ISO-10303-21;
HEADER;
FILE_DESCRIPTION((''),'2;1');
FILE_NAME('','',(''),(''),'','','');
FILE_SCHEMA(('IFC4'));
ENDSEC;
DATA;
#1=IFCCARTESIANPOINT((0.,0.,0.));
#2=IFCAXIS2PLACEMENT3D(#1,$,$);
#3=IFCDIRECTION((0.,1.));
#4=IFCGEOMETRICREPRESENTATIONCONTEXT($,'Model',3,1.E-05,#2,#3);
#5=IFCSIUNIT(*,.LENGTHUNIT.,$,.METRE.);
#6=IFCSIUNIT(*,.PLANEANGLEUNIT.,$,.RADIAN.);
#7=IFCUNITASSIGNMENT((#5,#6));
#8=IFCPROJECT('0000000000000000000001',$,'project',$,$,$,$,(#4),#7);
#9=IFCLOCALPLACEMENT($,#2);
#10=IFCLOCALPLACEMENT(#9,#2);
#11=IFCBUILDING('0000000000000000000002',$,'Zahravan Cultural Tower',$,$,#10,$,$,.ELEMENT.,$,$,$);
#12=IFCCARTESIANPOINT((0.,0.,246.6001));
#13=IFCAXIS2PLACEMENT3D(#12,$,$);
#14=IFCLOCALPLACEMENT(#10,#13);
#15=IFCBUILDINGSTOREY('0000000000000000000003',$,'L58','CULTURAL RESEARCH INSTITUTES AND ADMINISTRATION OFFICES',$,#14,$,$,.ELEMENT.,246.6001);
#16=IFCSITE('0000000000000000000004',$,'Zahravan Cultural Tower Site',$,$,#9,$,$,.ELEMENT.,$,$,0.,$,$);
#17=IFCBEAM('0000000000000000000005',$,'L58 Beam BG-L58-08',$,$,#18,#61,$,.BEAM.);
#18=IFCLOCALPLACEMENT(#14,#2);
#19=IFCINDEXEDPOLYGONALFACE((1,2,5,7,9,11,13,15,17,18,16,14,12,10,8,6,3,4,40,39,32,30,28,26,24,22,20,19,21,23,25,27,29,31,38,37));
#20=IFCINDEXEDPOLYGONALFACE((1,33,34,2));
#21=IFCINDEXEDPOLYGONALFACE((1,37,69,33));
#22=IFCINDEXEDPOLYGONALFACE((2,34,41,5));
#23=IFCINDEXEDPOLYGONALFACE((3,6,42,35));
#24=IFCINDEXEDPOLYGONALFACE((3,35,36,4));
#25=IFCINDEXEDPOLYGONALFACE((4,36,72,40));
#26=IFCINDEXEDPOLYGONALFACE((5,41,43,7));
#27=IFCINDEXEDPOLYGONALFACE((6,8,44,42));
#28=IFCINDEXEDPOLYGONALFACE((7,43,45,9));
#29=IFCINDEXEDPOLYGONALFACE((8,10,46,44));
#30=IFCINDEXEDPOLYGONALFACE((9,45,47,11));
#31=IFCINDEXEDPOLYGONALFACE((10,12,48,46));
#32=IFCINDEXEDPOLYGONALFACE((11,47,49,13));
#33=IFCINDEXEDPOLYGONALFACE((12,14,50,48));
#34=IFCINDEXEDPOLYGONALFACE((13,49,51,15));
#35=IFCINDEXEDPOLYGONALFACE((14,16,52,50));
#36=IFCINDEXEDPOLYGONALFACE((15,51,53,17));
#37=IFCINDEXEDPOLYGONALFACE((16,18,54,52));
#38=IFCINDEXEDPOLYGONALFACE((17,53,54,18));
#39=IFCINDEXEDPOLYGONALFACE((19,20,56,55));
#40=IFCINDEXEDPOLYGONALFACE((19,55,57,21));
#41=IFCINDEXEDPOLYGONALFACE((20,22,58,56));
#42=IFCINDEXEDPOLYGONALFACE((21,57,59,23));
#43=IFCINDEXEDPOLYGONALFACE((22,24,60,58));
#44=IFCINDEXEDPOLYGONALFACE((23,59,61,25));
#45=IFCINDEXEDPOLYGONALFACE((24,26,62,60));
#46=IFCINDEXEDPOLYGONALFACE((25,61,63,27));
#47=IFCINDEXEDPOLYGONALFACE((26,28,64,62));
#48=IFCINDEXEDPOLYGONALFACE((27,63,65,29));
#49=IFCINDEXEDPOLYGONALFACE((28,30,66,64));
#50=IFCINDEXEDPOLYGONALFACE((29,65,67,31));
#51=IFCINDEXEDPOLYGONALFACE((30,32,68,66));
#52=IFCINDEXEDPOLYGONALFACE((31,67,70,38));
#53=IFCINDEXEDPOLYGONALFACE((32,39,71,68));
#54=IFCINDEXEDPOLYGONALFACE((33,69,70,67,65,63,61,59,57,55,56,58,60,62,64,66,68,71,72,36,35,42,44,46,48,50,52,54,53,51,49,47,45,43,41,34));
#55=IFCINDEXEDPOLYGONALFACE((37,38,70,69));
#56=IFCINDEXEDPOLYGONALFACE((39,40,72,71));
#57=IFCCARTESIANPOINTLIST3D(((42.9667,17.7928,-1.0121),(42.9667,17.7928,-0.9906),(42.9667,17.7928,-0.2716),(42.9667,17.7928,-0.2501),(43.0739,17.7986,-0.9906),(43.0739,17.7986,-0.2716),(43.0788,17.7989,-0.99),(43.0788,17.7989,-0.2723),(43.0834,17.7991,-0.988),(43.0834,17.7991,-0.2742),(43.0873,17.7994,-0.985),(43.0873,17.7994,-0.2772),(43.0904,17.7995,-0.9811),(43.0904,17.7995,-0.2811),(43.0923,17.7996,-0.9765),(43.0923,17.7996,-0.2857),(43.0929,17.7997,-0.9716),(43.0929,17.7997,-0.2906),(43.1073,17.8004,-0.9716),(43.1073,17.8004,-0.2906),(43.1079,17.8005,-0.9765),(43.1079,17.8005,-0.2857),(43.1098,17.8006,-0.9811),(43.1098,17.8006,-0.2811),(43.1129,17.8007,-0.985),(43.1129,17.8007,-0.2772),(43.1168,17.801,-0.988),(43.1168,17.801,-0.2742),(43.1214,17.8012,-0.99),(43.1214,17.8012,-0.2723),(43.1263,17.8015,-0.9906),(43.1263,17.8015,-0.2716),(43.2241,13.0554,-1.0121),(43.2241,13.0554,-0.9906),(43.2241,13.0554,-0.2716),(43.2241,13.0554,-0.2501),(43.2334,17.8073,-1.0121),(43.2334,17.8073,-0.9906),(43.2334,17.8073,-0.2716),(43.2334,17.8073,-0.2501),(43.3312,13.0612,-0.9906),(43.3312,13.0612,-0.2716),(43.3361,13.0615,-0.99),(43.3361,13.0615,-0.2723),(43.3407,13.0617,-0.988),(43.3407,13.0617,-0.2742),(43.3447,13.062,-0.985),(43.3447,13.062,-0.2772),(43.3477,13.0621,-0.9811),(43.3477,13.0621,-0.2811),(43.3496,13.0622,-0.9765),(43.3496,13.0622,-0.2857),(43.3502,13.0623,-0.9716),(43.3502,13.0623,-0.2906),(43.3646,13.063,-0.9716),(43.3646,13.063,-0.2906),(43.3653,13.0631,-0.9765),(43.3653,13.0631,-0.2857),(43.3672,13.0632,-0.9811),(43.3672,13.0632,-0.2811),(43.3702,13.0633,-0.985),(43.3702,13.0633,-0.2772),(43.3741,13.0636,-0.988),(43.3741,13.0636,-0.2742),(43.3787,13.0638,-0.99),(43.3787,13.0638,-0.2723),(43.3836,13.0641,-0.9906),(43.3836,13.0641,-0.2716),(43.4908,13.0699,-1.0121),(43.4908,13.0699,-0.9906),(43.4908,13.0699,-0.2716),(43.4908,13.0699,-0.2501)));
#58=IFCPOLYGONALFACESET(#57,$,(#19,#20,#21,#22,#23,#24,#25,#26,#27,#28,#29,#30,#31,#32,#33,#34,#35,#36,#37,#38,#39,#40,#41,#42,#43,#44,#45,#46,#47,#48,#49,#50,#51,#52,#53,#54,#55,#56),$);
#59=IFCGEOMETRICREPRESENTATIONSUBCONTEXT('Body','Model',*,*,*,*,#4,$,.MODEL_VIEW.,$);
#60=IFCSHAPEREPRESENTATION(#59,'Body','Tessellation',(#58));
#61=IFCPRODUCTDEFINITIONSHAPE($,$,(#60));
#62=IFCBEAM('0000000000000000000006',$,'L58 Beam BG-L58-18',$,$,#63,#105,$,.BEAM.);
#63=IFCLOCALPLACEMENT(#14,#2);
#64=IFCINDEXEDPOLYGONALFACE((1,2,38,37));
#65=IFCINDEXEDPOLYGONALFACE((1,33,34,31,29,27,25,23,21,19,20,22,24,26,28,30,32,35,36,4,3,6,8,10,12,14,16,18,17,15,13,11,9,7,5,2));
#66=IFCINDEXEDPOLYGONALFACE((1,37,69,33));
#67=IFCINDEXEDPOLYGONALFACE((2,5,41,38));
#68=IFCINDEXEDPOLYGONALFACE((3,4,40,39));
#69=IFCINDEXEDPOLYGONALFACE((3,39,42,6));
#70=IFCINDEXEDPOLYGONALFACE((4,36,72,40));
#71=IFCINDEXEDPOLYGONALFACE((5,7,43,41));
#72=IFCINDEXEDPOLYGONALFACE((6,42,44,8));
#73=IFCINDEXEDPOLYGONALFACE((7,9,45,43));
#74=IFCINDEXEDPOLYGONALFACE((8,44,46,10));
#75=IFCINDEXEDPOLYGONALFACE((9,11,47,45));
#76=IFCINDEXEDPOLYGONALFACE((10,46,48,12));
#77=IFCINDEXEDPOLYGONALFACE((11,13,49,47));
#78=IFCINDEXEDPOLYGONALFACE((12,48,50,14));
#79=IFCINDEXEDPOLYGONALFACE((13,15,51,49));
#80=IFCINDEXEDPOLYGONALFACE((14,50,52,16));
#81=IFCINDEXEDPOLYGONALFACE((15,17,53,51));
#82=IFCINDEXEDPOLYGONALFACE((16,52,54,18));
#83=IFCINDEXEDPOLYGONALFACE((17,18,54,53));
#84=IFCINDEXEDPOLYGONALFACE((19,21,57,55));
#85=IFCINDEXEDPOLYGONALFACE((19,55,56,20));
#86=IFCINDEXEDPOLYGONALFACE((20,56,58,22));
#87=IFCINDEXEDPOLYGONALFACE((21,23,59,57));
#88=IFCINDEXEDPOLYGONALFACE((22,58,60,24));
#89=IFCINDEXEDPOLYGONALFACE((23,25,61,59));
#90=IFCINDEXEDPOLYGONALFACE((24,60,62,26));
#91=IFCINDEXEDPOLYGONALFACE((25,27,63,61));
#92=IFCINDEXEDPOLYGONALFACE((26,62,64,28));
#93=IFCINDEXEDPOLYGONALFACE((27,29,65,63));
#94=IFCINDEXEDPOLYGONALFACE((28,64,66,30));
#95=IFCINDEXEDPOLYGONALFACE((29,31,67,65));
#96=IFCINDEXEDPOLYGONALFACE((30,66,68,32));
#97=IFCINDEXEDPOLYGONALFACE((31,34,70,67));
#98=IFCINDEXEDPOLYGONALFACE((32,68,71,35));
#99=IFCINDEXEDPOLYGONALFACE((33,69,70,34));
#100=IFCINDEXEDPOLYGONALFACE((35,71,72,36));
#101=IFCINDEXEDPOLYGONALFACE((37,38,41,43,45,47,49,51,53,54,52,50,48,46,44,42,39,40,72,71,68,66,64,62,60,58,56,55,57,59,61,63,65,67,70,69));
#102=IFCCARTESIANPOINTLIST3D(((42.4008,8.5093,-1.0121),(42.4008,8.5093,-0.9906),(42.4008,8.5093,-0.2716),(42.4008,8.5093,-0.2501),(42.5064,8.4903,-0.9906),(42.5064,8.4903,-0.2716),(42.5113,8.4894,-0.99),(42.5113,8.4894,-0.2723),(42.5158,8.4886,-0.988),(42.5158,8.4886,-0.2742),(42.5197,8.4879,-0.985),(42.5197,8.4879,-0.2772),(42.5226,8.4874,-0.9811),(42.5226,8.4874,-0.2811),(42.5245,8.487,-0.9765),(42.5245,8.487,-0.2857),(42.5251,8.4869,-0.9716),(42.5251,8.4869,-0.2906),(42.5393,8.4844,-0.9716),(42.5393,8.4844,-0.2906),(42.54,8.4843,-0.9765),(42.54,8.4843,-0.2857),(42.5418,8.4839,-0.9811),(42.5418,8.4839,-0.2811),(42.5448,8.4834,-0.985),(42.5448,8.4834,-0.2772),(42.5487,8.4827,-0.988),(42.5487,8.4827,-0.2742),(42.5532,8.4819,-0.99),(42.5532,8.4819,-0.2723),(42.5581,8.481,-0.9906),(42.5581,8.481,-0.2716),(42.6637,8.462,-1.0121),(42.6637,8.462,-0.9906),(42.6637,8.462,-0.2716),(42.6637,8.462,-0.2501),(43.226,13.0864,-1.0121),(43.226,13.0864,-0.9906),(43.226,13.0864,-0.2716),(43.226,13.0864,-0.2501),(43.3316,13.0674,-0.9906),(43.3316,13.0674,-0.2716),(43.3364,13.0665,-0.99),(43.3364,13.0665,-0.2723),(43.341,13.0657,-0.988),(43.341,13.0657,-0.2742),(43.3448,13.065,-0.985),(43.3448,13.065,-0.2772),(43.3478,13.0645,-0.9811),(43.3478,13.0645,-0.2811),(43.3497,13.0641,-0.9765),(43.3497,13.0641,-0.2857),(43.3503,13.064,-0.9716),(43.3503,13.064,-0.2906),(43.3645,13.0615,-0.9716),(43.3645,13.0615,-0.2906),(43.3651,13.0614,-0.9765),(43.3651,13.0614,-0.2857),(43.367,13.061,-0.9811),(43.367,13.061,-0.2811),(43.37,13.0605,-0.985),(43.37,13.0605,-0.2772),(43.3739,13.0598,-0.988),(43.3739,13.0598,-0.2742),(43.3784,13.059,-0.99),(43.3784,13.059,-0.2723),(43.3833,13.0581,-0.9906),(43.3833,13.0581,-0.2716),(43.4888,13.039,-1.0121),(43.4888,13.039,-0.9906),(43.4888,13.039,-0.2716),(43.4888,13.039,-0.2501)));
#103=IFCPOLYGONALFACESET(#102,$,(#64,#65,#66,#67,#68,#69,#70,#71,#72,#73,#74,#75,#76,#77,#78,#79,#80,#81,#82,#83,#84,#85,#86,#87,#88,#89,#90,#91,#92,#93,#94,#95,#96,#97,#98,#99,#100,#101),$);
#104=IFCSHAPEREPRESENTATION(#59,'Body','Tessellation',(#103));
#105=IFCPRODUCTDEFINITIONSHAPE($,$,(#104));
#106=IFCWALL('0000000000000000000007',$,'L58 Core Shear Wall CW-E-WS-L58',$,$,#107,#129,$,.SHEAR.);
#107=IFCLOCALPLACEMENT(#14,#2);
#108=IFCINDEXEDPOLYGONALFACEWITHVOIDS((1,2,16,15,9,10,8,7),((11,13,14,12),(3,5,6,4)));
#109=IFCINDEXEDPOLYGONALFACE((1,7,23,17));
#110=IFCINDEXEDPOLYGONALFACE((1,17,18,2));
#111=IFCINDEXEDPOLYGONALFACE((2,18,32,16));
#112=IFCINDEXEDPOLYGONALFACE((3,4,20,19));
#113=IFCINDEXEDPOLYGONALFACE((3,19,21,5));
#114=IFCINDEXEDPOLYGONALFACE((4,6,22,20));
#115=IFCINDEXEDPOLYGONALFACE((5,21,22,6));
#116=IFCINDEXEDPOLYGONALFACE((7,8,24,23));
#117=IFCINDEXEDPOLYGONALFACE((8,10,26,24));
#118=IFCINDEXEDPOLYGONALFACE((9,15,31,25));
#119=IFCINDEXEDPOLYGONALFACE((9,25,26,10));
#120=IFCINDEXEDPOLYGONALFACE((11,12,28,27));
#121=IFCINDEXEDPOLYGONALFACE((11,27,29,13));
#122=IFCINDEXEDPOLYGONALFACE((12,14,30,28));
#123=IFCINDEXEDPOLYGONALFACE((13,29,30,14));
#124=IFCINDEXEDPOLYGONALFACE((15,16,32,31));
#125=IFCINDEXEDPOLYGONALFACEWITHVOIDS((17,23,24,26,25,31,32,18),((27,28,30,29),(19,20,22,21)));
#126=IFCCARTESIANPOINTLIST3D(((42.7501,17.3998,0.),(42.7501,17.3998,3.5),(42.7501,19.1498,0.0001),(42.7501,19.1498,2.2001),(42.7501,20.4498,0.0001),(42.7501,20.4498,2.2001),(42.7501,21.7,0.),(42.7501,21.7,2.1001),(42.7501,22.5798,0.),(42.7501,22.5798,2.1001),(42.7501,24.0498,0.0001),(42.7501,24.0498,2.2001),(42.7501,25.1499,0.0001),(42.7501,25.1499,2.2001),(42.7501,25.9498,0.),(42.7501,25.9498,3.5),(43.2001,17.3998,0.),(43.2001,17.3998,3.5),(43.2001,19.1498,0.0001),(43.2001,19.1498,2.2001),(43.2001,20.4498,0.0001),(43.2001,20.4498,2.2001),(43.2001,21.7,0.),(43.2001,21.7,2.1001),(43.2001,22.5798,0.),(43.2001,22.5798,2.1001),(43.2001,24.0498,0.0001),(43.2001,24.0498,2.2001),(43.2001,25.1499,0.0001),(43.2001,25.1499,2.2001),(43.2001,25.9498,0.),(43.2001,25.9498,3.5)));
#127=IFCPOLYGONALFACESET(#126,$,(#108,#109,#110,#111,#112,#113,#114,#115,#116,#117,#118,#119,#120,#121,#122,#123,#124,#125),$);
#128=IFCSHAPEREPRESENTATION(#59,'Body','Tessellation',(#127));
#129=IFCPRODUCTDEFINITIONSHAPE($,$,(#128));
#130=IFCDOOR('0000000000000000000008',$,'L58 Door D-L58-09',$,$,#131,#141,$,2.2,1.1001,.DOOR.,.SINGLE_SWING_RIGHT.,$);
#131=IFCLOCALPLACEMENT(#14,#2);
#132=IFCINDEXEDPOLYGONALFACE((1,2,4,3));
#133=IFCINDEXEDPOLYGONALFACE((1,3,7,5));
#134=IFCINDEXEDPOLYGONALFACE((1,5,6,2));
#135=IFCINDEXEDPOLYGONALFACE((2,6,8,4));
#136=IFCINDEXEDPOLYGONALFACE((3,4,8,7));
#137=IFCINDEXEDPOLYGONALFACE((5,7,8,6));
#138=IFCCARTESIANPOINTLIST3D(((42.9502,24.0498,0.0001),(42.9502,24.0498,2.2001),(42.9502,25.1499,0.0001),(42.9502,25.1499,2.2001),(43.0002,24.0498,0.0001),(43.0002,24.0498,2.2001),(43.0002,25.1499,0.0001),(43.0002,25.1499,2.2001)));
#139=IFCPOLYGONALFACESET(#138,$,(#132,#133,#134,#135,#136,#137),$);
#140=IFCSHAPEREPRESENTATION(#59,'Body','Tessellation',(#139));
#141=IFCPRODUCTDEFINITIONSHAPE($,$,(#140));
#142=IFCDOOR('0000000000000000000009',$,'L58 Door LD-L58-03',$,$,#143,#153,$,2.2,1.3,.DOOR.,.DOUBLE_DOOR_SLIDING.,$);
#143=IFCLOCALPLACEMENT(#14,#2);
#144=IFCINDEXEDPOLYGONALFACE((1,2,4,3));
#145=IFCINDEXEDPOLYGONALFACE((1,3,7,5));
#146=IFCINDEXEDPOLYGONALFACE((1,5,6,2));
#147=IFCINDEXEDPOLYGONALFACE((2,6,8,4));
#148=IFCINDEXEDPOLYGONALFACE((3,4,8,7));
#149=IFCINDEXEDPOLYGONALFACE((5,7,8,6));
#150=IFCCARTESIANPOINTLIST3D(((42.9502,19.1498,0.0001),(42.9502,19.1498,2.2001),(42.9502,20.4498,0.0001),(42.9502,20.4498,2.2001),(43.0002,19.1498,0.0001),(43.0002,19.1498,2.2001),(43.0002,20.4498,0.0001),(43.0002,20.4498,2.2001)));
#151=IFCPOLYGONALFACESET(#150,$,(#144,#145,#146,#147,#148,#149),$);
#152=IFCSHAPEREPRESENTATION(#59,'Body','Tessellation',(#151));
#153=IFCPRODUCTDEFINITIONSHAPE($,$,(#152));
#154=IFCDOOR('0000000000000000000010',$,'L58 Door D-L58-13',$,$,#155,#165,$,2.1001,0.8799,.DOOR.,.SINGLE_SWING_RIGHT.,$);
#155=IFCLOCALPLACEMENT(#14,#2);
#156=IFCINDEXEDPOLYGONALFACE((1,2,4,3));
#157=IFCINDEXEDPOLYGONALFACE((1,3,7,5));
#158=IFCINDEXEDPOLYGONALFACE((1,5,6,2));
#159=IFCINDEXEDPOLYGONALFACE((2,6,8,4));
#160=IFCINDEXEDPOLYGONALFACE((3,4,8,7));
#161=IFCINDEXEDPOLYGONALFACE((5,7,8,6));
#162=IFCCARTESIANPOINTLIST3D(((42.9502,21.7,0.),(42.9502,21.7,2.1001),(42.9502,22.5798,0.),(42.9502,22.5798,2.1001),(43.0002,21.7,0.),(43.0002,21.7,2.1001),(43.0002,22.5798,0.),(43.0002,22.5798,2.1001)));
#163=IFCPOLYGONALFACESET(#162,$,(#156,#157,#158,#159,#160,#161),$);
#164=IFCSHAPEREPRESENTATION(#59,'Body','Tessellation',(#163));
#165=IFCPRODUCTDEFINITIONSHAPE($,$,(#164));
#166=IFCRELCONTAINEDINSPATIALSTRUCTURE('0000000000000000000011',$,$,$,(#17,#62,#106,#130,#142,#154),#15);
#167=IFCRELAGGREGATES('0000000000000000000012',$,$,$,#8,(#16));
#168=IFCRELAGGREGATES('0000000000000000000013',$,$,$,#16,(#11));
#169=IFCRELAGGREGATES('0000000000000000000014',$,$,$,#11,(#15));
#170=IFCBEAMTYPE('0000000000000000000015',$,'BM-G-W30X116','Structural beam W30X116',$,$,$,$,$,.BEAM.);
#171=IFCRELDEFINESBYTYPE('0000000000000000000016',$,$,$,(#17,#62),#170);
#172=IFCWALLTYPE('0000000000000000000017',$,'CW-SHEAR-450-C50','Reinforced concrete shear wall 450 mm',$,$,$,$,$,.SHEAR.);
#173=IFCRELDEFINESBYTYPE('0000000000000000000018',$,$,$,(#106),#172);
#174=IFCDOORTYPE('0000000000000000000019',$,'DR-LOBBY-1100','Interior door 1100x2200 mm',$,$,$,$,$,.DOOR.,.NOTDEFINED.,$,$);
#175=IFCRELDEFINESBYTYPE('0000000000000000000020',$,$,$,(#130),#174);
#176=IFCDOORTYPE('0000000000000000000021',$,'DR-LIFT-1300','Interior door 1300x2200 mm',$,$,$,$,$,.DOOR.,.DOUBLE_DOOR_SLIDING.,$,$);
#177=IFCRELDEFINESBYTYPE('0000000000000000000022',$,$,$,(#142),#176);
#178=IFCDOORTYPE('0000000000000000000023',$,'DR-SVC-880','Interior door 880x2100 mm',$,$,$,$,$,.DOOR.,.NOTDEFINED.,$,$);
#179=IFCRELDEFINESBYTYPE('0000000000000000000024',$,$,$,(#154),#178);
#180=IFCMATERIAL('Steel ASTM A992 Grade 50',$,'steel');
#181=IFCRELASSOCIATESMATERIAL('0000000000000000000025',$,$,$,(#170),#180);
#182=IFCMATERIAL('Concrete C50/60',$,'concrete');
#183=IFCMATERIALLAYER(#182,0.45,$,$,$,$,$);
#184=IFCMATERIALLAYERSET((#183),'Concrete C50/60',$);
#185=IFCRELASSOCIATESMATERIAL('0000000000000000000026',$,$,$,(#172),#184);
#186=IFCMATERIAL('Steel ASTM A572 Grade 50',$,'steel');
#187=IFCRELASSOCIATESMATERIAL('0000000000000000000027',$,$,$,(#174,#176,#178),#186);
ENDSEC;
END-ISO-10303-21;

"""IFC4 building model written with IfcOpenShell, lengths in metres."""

from ifc_helpers import new_model, si_unit, direction, frame, frame_2d, origin, origin_2d, place, context, subcontext, project, spatial, rectangle, i_section, extrude, source, transform, mapped, material, layer, layer_set, material_profile, profile_set, type_object, element, fill, save


model = new_model("IFC4")

# Units and contexts
model_context = context("Model", 3, precision=1e-05, world=origin(), true_north=direction((0.0, 1.0)))
body_context = subcontext(model_context, "Body", "Model", "MODEL_VIEW")
ifc_project = project(units=[si_unit("LENGTHUNIT", "METRE"), si_unit("PLANEANGLEUNIT", "RADIAN")], contexts=[model_context])

# Site, building, storey
site_placement = place(None, origin())
site = spatial("IfcSite", under=ifc_project, at=site_placement, Name="Zahravan Cultural Tower Site", CompositionType="ELEMENT", RefElevation=0.0)
building_placement = place(site_placement, origin())
building = spatial("IfcBuilding", under=site, at=building_placement, Name="Zahravan Cultural Tower", CompositionType="ELEMENT")
storey_placement = place(building_placement, frame((0.0, 0.0, 246.6001)))
storey = spatial("IfcBuildingStorey", under=building, at=storey_placement, Name="L58", Description="CULTURAL RESEARCH INSTITUTES AND ADMINISTRATION OFFICES", CompositionType="ELEMENT", Elevation=246.6001)

# Shared definitions
ifc_material_1 = material(Name="Concrete C50/60", Category="concrete")
ifc_material_2 = material(Name="Steel ASTM A992 Grade 50", Category="steel")

# Beams
ifc_material_profile_1 = material_profile(ifc_material_2, i_section(OverallWidth=0.2671, OverallDepth=0.762, WebThickness=0.0144, FlangeThickness=0.0215, FilletRadius=0.019, at=origin_2d()), Name="W30X116")
ifc_profile_set_1 = profile_set([ifc_material_profile_1], Name="Steel ASTM A992 Grade 50")
beam_type_1 = type_object("IfcBeamType", Name="BM-G-W30X116", Description="Structural beam W30X116", PredefinedType="BEAM", material=ifc_profile_set_1)
shared_shape_1 = source(origin(), body_context, "Body", "SweptSolid", [
    extrude(i_section(OverallWidth=0.2671, OverallDepth=0.762, WebThickness=0.0144, FlangeThickness=0.0215, FilletRadius=0.019, at=origin_2d()), origin(), (0.0, 0.0, 1.0), 4.7444),
])
beam_1_placement = place(storey_placement, frame((43.1001, 17.8, -0.6311), z_axis=(0.054239, -0.998528, 0.0), x_axis=(0.998528, 0.054239, 0.0)))
element("IfcBeam", 1, at=beam_1_placement, inside=storey, type_object=beam_type_1, Name="L58 Beam BG-L58-08", PredefinedType="BEAM", context=body_context, shape_type="MappedRepresentation", body=[
    mapped(shared_shape_1, transform((0.0, 0.0, 0.0), x_axis=(1.0, 0.0, 0.0), y_axis=(0.0, 1.0, 0.0), z_axis=(0.0, 0.0, 1.0), scale=1.0)),
])
shared_shape_2 = source(origin(), body_context, "Body", "SweptSolid", [
    extrude(i_section(OverallWidth=0.2671, OverallDepth=0.762, WebThickness=0.0144, FlangeThickness=0.0215, FilletRadius=0.019, at=origin_2d()), origin(), (0.0, 0.0, 1.0), 4.6509),
])
beam_2_placement = place(storey_placement, frame((43.3574, 13.0627, -0.6311), z_axis=(-0.177426, -0.984134, 0.0), x_axis=(0.984134, -0.177426, 0.0)))
element("IfcBeam", 2, at=beam_2_placement, inside=storey, type_object=beam_type_1, Name="L58 Beam BG-L58-18", PredefinedType="BEAM", context=body_context, shape_type="MappedRepresentation", body=[
    mapped(shared_shape_2, transform((0.0, 0.0, 0.0), x_axis=(1.0, 0.0, 0.0), y_axis=(0.0, 1.0, 0.0), z_axis=(0.0, 0.0, 1.0), scale=1.0)),
])

# Wall, openings, doors
ifc_layer_1 = layer(ifc_material_1, 0.45)
ifc_layer_set_1 = layer_set([ifc_layer_1], Name="Concrete C50/60")
wall_type_1 = type_object("IfcWallType", Name="CW-SHEAR-450-C50", Description="Reinforced concrete shear wall 450 mm", PredefinedType="SHEAR", material=ifc_layer_set_1)
wall_1_placement = place(storey_placement, frame((42.9751, 17.3999, 0.0), z_axis=(0.0, 0.0, 1.0), x_axis=(0.0, 1.0, 0.0)))
wall_1 = element("IfcWall", 3, at=wall_1_placement, inside=storey, type_object=wall_type_1, Name="L58 Core Shear Wall CW-E-WS-L58", PredefinedType="SHEAR", context=body_context, shape_type="SweptSolid", body=[
    extrude(rectangle(XDim=8.55, YDim=0.45, at=frame_2d((4.2749, 0.0))), origin(), (0.0, 0.0, 1.0), 3.5),
])
opening_1_placement = place(wall_1_placement, frame((6.6499, 0.0, 0.0)))
opening_1 = element("IfcOpeningElement", 4, at=opening_1_placement, cuts=wall_1, PredefinedType="OPENING", context=body_context, shape_type="SweptSolid", body=[
    extrude(rectangle(XDim=1.1001, YDim=2.2, at=frame_2d((0.55, 1.1001))), frame((0.0, 0.2349, 0.0), z_axis=(0.0, -1.0, 0.0), x_axis=(1.0, 0.0, 0.0)), (0.0, 0.0, 1.0), 0.47),
])
opening_2_placement = place(wall_1_placement, frame((1.75, 0.0, 0.0)))
opening_2 = element("IfcOpeningElement", 5, at=opening_2_placement, cuts=wall_1, PredefinedType="OPENING", context=body_context, shape_type="SweptSolid", body=[
    extrude(rectangle(XDim=1.3, YDim=2.2, at=frame_2d((0.6499, 1.1001))), frame((0.0, 0.2349, 0.0), z_axis=(0.0, -1.0, 0.0), x_axis=(1.0, 0.0, 0.0)), (0.0, 0.0, 1.0), 0.47),
])
opening_3_placement = place(wall_1_placement, frame((4.3, 0.0, 0.0)))
opening_3 = element("IfcOpeningElement", 6, at=opening_3_placement, cuts=wall_1, PredefinedType="OPENING", context=body_context, shape_type="SweptSolid", body=[
    extrude(rectangle(XDim=0.8799, YDim=2.1001, at=frame_2d((0.4399, 1.05))), frame((0.0, 0.2349, 0.0), z_axis=(0.0, -1.0, 0.0), x_axis=(1.0, 0.0, 0.0)), (0.0, 0.0, 1.0), 0.47),
])
ifc_material_3 = material(Name="Steel ASTM A572 Grade 50", Category="steel")
door_type_1 = type_object("IfcDoorType", Name="DR-LOBBY-1100", Description="Interior door 1100x2200 mm", OperationType="NOTDEFINED", PredefinedType="DOOR", material=ifc_material_3)
shared_shape_3 = source(origin(), body_context, "Body", "SweptSolid", [
    extrude(rectangle(XDim=1.1001, YDim=2.2, at=frame_2d((0.55, 1.1001))), frame((0.0, 0.0249, 0.0), z_axis=(0.0, -1.0, 0.0), x_axis=(1.0, 0.0, 0.0)), (0.0, 0.0, 1.0), 0.05),
])
door_1_placement = place(opening_1_placement, origin())
door_1 = element("IfcDoor", 7, at=door_1_placement, inside=storey, type_object=door_type_1, Name="L58 Door D-L58-09", OperationType="SINGLE_SWING_RIGHT", OverallHeight=2.2, OverallWidth=1.1001, PredefinedType="DOOR", context=body_context, shape_type="MappedRepresentation", body=[
    mapped(shared_shape_3, transform((0.0, 0.0, 0.0), x_axis=(1.0, 0.0, 0.0), y_axis=(0.0, 1.0, 0.0), z_axis=(0.0, 0.0, 1.0), scale=1.0)),
])
fill(opening_1, door_1)
door_type_2 = type_object("IfcDoorType", Name="DR-LIFT-1300", Description="Interior door 1300x2200 mm", OperationType="DOUBLE_DOOR_SLIDING", PredefinedType="DOOR", material=ifc_material_3)
shared_shape_4 = source(origin(), body_context, "Body", "SweptSolid", [
    extrude(rectangle(XDim=1.3, YDim=2.2, at=frame_2d((0.6499, 1.1001))), frame((0.0, 0.0249, 0.0), z_axis=(0.0, -1.0, 0.0), x_axis=(1.0, 0.0, 0.0)), (0.0, 0.0, 1.0), 0.05),
])
door_2_placement = place(opening_2_placement, origin())
door_2 = element("IfcDoor", 8, at=door_2_placement, inside=storey, type_object=door_type_2, Name="L58 Door LD-L58-03", OperationType="DOUBLE_DOOR_SLIDING", OverallHeight=2.2, OverallWidth=1.3, PredefinedType="DOOR", context=body_context, shape_type="MappedRepresentation", body=[
    mapped(shared_shape_4, transform((0.0, 0.0, 0.0), x_axis=(1.0, 0.0, 0.0), y_axis=(0.0, 1.0, 0.0), z_axis=(0.0, 0.0, 1.0), scale=1.0)),
])
fill(opening_2, door_2)
door_type_3 = type_object("IfcDoorType", Name="DR-SVC-880", Description="Interior door 880x2100 mm", OperationType="NOTDEFINED", PredefinedType="DOOR", material=ifc_material_3)
shared_shape_5 = source(origin(), body_context, "Body", "SweptSolid", [
    extrude(rectangle(XDim=0.8799, YDim=2.1001, at=frame_2d((0.4399, 1.05))), frame((0.0, 0.0249, 0.0), z_axis=(0.0, -1.0, 0.0), x_axis=(1.0, 0.0, 0.0)), (0.0, 0.0, 1.0), 0.05),
])
door_3_placement = place(opening_3_placement, origin())
door_3 = element("IfcDoor", 9, at=door_3_placement, inside=storey, type_object=door_type_3, Name="L58 Door D-L58-13", OperationType="SINGLE_SWING_RIGHT", OverallHeight=2.1001, OverallWidth=0.8799, PredefinedType="DOOR", context=body_context, shape_type="MappedRepresentation", body=[
    mapped(shared_shape_5, transform((0.0, 0.0, 0.0), x_axis=(1.0, 0.0, 0.0), y_axis=(0.0, 1.0, 0.0), z_axis=(0.0, 0.0, 1.0), scale=1.0)),
])
fill(opening_3, door_3)

save(model, "model.ifc")
